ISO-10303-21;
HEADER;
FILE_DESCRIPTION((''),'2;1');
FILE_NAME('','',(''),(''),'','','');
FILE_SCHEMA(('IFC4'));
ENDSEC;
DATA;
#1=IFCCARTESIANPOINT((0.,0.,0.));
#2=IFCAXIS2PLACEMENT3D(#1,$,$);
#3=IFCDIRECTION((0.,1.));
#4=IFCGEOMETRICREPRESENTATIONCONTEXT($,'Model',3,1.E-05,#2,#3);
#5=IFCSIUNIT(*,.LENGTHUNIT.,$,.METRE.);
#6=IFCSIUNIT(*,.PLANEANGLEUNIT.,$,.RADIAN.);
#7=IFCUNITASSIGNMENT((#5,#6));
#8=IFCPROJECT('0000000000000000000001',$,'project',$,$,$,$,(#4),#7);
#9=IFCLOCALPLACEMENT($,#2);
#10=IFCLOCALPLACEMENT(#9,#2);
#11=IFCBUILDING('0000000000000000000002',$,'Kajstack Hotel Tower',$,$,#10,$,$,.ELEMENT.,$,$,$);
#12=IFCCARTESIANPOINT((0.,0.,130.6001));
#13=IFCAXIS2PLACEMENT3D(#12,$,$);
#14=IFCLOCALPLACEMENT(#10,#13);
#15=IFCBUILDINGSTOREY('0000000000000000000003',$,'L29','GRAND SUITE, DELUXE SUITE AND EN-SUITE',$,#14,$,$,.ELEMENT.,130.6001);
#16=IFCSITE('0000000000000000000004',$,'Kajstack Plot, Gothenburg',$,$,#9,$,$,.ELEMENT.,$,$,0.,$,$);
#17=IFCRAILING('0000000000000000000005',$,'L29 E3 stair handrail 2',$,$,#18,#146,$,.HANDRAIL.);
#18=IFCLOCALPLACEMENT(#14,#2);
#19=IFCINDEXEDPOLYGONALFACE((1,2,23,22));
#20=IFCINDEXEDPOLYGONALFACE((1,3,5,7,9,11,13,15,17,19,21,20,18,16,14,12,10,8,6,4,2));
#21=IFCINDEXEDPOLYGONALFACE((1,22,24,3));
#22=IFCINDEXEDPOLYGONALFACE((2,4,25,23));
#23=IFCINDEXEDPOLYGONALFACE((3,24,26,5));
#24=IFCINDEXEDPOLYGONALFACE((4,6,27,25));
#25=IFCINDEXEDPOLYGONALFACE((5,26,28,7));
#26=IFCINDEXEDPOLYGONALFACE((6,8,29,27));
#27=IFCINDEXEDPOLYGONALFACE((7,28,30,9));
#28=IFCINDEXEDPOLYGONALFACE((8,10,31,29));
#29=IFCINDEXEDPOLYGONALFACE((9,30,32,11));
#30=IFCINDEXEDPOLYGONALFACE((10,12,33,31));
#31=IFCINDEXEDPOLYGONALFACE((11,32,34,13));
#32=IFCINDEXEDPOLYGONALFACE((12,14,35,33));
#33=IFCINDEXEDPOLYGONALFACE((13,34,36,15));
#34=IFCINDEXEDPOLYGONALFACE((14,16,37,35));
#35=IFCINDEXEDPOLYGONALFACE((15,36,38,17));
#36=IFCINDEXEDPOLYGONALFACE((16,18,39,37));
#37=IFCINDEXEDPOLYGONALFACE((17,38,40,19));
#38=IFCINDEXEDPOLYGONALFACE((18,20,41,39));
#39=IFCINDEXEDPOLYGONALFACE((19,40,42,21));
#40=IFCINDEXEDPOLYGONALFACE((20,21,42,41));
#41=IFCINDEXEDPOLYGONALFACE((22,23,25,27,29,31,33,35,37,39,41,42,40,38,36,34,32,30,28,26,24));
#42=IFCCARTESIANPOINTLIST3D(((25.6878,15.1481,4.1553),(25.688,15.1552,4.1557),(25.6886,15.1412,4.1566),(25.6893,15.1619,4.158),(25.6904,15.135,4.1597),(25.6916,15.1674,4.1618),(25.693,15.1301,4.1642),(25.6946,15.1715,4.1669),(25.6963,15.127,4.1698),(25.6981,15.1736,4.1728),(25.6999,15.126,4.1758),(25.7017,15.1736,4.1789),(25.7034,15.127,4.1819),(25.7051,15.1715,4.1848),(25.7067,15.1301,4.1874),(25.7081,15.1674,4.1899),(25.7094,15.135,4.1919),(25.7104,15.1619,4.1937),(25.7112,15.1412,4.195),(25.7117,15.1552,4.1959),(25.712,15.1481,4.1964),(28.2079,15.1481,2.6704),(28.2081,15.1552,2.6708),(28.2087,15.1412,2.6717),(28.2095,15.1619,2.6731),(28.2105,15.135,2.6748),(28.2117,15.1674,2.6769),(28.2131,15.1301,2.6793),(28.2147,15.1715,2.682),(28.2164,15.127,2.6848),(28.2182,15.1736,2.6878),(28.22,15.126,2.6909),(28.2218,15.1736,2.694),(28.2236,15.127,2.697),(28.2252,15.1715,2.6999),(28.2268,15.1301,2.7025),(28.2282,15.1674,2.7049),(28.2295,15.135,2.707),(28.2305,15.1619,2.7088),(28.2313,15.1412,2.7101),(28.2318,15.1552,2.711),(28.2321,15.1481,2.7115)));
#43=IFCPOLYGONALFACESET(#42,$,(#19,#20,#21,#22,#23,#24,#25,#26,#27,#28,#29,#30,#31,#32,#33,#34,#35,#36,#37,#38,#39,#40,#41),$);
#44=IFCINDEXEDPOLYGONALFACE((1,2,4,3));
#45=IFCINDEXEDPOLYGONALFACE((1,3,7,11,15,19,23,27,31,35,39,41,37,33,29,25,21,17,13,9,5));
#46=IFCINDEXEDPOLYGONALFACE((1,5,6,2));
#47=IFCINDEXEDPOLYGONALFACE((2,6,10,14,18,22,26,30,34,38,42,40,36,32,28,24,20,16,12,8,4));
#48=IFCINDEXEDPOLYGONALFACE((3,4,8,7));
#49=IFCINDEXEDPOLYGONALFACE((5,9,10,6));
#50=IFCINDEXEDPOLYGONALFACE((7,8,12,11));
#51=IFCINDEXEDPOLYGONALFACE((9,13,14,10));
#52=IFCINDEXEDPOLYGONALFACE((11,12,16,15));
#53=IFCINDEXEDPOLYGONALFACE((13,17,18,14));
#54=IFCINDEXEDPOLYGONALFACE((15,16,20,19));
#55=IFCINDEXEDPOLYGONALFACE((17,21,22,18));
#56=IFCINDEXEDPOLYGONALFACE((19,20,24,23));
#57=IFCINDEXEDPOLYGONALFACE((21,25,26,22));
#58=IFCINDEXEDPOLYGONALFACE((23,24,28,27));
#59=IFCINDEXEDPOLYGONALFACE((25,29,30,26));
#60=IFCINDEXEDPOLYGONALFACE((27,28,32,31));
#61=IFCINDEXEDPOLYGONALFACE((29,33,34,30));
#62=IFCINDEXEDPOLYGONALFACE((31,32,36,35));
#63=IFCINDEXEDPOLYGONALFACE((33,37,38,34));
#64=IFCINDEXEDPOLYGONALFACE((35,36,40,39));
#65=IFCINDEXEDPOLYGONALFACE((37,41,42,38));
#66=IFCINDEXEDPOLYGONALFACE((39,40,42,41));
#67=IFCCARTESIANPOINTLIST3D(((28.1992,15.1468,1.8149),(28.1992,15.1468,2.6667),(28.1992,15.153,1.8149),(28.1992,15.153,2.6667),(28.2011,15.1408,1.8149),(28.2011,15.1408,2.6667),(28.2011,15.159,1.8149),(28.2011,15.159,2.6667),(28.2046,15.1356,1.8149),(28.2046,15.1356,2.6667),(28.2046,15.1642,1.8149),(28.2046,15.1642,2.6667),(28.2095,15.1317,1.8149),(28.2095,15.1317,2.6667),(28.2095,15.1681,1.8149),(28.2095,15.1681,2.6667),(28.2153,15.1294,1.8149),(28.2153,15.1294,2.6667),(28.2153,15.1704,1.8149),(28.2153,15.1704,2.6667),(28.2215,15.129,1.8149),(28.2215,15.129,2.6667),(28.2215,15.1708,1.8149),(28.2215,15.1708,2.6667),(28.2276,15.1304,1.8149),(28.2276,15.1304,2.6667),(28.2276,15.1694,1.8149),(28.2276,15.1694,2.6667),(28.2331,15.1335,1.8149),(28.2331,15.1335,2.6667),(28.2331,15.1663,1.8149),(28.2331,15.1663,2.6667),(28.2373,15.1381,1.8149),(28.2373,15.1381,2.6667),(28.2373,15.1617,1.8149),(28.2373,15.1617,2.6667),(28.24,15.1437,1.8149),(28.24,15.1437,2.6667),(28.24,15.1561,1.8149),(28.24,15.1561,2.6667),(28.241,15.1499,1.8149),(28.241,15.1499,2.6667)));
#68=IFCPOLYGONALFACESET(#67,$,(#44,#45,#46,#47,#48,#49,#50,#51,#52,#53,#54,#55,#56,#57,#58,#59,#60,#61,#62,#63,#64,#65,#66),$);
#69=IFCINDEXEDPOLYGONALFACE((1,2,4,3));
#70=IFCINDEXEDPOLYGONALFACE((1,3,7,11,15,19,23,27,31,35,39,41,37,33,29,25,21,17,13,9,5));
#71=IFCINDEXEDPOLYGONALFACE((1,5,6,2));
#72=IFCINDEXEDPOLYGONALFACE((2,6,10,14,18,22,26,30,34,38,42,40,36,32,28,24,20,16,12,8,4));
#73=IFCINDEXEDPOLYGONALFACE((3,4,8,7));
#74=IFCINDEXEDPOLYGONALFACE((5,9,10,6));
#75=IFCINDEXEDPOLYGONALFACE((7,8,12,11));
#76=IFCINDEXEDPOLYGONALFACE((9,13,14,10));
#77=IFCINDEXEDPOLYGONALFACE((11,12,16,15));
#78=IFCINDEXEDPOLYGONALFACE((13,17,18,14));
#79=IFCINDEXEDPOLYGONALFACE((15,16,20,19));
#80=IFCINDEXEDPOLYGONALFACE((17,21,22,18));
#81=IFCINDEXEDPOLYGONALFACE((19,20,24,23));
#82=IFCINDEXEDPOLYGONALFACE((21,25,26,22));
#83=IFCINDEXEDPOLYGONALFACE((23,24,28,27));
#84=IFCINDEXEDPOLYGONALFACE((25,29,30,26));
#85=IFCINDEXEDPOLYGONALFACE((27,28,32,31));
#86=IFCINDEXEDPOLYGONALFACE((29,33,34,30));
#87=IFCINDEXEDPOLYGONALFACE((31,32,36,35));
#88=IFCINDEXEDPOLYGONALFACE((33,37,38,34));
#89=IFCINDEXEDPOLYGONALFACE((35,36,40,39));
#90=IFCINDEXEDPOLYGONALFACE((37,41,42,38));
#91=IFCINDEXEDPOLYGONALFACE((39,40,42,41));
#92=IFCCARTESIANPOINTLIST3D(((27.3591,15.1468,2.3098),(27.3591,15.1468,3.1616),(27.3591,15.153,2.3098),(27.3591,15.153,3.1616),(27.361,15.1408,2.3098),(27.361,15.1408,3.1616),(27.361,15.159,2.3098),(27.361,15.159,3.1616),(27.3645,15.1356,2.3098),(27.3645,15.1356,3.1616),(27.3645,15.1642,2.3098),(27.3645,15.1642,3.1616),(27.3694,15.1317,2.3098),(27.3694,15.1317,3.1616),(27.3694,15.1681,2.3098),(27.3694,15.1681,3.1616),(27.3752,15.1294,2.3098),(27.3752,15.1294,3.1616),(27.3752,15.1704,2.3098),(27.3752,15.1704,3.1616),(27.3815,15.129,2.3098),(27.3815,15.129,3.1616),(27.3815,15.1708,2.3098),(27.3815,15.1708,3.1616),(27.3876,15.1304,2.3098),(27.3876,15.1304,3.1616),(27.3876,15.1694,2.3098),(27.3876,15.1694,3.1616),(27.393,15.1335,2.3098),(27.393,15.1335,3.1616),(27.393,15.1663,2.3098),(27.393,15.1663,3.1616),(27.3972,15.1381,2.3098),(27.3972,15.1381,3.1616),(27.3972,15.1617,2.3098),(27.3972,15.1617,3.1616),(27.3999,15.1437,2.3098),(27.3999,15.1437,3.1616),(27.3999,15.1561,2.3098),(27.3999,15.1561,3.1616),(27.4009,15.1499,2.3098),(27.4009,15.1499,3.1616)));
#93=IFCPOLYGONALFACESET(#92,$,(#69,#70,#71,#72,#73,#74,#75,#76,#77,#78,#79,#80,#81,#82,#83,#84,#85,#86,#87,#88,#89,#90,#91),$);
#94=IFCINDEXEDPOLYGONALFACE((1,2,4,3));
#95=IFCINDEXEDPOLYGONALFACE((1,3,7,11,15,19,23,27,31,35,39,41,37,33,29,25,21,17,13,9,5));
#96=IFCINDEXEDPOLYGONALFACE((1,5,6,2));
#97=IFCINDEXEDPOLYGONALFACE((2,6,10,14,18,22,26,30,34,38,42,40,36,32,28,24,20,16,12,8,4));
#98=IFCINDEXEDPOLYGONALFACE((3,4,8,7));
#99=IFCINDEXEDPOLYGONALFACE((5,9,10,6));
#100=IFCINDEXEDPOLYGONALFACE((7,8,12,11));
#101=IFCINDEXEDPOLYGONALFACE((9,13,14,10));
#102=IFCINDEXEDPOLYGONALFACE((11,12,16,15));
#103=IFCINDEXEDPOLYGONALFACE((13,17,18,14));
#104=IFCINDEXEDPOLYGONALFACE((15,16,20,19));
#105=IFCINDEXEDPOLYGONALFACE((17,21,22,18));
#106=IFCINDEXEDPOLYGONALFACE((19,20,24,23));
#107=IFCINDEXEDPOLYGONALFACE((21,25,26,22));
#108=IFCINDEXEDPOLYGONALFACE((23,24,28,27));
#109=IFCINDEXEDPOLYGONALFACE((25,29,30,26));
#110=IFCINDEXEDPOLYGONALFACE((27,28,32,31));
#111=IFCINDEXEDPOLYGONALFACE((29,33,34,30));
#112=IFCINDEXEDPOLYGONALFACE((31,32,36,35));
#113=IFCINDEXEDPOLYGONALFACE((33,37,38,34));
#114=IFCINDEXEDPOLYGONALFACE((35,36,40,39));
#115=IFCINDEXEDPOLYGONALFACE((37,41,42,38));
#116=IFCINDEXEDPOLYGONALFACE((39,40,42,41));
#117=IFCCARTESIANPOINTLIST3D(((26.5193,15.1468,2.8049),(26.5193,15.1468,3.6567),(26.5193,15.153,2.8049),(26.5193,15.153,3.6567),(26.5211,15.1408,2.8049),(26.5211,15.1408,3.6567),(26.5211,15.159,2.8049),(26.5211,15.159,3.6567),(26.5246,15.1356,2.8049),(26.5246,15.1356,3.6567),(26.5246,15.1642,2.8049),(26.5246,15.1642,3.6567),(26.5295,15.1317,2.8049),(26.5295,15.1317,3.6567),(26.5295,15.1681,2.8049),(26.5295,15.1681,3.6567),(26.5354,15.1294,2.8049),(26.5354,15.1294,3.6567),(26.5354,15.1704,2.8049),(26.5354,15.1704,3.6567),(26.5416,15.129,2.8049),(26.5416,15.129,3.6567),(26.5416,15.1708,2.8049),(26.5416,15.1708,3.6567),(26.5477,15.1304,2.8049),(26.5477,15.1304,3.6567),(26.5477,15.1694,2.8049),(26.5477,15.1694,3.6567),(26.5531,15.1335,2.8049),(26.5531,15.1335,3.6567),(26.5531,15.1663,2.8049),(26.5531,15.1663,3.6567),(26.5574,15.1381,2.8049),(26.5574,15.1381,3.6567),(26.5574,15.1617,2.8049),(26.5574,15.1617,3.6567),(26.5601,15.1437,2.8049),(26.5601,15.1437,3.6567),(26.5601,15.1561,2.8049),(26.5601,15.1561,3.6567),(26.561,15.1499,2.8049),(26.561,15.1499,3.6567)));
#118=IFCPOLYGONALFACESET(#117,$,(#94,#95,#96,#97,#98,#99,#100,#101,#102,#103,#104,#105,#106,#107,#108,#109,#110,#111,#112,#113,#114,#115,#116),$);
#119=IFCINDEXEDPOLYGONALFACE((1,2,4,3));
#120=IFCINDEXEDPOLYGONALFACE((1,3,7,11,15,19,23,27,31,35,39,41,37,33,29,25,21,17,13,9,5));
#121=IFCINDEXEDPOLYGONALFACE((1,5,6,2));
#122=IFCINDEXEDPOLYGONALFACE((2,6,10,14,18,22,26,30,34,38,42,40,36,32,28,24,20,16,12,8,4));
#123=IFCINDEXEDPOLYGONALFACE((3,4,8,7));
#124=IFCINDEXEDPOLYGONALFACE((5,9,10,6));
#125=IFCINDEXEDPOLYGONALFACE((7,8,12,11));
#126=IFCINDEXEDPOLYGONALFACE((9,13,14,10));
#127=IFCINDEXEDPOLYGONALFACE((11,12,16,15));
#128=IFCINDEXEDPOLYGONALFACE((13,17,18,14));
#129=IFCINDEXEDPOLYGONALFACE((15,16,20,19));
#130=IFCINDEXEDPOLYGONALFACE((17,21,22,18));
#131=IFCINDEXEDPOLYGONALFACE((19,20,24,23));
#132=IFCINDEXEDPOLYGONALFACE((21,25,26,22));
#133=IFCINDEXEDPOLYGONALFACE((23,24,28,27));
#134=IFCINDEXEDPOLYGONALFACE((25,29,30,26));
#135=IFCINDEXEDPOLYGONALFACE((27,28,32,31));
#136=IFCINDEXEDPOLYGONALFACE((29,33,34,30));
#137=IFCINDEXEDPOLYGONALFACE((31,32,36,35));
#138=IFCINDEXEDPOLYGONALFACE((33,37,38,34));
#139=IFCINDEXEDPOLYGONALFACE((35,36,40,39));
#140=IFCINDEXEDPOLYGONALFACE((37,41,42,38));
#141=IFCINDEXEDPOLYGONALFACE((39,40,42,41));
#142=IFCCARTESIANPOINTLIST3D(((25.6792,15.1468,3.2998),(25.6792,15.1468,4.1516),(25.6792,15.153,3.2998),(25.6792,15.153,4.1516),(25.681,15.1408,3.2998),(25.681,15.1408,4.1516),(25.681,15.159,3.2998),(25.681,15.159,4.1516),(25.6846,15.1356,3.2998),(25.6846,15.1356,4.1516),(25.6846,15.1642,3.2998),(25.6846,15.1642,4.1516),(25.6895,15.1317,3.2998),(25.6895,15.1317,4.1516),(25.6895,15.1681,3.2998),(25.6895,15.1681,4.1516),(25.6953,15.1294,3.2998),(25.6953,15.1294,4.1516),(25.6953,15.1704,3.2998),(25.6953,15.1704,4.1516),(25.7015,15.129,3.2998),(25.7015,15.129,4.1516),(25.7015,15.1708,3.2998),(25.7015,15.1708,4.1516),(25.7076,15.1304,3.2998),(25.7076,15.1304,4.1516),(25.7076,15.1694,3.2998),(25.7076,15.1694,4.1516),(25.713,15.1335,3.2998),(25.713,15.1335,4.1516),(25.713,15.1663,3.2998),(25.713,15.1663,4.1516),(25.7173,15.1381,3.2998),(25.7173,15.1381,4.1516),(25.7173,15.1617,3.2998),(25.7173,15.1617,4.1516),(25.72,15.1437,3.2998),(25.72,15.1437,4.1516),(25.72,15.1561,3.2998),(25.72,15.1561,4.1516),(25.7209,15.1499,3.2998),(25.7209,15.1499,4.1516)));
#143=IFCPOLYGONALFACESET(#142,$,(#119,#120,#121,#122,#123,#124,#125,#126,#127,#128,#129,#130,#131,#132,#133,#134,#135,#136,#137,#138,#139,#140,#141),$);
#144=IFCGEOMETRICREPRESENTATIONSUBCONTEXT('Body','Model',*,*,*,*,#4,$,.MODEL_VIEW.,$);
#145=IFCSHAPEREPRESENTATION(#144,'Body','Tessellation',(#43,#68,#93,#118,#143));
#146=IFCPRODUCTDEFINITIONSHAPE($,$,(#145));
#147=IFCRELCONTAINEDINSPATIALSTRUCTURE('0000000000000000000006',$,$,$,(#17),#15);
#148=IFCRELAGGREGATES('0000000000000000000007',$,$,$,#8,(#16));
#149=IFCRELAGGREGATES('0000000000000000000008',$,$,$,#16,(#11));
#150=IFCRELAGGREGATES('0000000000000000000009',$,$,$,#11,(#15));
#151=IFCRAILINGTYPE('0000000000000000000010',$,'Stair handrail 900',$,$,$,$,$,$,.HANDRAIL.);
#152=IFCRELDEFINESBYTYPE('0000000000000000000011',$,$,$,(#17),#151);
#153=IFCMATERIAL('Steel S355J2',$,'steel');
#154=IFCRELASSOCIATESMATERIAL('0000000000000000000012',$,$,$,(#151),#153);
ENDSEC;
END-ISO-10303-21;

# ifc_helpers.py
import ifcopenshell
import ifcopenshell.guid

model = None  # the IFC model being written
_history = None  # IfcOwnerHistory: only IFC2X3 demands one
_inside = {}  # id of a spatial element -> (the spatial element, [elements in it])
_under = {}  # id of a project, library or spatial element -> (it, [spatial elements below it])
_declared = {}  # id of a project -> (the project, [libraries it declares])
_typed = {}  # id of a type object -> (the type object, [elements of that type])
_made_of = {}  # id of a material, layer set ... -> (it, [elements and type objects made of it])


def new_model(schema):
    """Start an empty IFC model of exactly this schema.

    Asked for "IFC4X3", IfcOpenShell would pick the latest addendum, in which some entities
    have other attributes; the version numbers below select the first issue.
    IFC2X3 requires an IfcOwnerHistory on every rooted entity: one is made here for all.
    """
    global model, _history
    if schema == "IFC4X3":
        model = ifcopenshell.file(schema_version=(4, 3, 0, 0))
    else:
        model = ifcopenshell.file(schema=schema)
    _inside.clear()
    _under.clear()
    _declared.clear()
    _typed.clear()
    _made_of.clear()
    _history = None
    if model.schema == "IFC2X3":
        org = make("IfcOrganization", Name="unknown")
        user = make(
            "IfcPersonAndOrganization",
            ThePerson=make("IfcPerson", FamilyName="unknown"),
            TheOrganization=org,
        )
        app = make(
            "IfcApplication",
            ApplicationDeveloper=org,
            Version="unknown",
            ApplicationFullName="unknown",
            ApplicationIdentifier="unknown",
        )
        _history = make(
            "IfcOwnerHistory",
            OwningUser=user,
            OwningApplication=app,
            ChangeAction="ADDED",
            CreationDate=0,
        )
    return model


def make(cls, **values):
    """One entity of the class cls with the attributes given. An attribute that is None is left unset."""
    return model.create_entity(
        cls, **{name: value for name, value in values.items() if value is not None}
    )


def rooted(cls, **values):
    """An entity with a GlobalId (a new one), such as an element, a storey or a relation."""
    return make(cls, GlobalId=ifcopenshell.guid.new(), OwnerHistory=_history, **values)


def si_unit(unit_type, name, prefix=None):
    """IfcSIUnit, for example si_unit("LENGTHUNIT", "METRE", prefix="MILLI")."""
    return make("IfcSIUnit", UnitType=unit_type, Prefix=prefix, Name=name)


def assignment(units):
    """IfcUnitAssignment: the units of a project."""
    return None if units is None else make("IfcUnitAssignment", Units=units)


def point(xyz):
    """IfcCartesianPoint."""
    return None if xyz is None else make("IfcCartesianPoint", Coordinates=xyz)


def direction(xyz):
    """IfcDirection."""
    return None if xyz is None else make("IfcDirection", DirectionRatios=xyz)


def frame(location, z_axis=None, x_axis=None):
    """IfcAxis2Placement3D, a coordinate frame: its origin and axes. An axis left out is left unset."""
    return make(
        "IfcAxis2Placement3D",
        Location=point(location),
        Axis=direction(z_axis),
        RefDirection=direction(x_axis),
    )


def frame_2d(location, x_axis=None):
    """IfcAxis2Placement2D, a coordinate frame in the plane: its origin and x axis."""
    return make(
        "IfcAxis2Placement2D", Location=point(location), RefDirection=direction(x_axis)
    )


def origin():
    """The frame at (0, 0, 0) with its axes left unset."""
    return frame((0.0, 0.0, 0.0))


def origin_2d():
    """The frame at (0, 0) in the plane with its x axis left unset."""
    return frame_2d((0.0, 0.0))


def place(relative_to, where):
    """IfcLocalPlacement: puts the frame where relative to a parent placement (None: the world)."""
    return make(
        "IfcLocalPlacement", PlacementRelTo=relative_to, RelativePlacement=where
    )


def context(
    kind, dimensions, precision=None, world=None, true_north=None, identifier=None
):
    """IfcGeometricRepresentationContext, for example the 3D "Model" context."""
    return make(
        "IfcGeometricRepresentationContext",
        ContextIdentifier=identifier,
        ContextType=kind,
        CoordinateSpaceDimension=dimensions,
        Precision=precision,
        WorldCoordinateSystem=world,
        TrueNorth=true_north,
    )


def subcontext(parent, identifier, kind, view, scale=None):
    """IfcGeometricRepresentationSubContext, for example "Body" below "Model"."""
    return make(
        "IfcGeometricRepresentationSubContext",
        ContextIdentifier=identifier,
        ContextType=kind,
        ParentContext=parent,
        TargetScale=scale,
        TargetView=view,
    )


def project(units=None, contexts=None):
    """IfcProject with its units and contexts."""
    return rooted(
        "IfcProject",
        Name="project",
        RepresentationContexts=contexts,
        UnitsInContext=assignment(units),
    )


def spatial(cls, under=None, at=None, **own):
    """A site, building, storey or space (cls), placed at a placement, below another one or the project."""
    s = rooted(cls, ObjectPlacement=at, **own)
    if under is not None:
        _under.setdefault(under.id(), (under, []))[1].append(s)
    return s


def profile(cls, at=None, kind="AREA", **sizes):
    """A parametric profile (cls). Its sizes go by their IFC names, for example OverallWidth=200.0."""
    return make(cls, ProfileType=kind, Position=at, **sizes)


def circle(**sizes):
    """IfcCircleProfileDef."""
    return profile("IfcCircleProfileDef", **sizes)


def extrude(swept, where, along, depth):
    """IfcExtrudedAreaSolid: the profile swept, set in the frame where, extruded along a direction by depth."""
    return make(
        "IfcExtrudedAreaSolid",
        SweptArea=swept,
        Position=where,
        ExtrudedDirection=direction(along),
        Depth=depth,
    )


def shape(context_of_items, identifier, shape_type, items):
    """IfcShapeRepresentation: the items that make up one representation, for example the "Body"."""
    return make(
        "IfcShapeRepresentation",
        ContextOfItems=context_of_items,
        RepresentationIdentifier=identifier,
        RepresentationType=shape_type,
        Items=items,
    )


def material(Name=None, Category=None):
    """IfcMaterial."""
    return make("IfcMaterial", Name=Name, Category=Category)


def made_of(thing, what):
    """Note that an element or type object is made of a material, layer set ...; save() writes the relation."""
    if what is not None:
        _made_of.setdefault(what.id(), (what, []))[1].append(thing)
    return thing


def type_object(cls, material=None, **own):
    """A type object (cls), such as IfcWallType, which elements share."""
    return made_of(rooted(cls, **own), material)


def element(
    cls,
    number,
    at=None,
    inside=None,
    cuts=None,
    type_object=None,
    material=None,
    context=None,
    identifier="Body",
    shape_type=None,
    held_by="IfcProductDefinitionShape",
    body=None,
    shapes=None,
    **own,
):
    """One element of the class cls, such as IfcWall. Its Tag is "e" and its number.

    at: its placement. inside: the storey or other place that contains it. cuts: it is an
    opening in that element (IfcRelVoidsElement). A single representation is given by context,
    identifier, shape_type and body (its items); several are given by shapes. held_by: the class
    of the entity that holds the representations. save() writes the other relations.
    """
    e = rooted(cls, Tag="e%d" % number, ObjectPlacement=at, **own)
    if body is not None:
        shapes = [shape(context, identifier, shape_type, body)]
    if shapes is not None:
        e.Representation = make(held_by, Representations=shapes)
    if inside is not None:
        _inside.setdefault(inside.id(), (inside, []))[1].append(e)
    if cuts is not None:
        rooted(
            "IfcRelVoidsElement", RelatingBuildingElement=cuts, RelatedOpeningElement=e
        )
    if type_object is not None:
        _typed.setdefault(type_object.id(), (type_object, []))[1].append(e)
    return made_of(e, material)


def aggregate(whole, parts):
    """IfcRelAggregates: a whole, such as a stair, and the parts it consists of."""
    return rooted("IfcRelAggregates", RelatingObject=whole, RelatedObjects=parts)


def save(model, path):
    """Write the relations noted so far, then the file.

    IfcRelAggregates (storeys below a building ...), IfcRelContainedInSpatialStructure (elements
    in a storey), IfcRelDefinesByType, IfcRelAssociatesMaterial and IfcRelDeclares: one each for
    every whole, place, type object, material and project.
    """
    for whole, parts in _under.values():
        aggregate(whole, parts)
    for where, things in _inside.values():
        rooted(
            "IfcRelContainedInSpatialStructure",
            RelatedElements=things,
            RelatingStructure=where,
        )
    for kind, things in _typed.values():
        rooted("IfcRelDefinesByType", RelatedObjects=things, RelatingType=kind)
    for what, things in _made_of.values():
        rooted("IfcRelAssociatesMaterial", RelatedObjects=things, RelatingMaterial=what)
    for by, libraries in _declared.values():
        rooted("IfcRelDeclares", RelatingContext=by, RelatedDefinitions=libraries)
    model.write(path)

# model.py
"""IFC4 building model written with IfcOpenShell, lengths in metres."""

from ifc_helpers import new_model, si_unit, direction, frame, origin, origin_2d, place, context, subcontext, project, spatial, circle, extrude, material, type_object, element, save


model = new_model("IFC4")

# Units and contexts
model_context = context("Model", 3, precision=1e-05, world=origin(), true_north=direction((0.0, 1.0)))
body_context = subcontext(model_context, "Body", "Model", "MODEL_VIEW")
ifc_project = project(units=[si_unit("LENGTHUNIT", "METRE"), si_unit("PLANEANGLEUNIT", "RADIAN")], contexts=[model_context])

# Site, building, storey
site_placement = place(None, origin())
site = spatial("IfcSite", under=ifc_project, at=site_placement, Name="Kajstack Plot, Gothenburg", CompositionType="ELEMENT", RefElevation=0.0)
building_placement = place(site_placement, origin())
building = spatial("IfcBuilding", under=site, at=building_placement, Name="Kajstack Hotel Tower", CompositionType="ELEMENT")
storey_placement = place(building_placement, frame((0.0, 0.0, 130.6001)))
storey = spatial("IfcBuildingStorey", under=building, at=storey_placement, Name="L29", Description="GRAND SUITE, DELUXE SUITE AND EN-SUITE", CompositionType="ELEMENT", Elevation=130.6001)

# Railing
ifc_material_1 = material(Name="Steel S355J2", Category="steel")
railing_type_1 = type_object("IfcRailingType", Name="Stair handrail 900", PredefinedType="HANDRAIL", material=ifc_material_1)
railing_1_placement = place(storey_placement, frame((28.22, 15.1499, 1.8149)))
element("IfcRailing", 1, at=railing_1_placement, inside=storey, type_object=railing_type_1, Name="L29 E3 stair handrail 2", PredefinedType="HANDRAIL", context=body_context, shape_type="SweptSolid", body=[
    extrude(circle(Radius=0.0239, at=origin_2d()), frame((0.0, 0.0, 0.876), z_axis=(-0.861561, 0.0, 0.507655), x_axis=(0.0, -1.0, 0.0)), (0.0, 0.0, 1.0), 2.925),
    extrude(circle(Radius=0.021, at=origin_2d()), origin(), (0.0, 0.0, 1.0), 0.8518),
    extrude(circle(Radius=0.021, at=origin_2d()), frame((-0.8401, 0.0, 0.4949)), (0.0, 0.0, 1.0), 0.8518),
    extrude(circle(Radius=0.021, at=origin_2d()), frame((-1.6799, 0.0, 0.99)), (0.0, 0.0, 1.0), 0.8518),
    extrude(circle(Radius=0.021, at=origin_2d()), frame((-2.52, 0.0, 1.4849)), (0.0, 0.0, 1.0), 0.8518),
])

save(model, "model.ifc")
